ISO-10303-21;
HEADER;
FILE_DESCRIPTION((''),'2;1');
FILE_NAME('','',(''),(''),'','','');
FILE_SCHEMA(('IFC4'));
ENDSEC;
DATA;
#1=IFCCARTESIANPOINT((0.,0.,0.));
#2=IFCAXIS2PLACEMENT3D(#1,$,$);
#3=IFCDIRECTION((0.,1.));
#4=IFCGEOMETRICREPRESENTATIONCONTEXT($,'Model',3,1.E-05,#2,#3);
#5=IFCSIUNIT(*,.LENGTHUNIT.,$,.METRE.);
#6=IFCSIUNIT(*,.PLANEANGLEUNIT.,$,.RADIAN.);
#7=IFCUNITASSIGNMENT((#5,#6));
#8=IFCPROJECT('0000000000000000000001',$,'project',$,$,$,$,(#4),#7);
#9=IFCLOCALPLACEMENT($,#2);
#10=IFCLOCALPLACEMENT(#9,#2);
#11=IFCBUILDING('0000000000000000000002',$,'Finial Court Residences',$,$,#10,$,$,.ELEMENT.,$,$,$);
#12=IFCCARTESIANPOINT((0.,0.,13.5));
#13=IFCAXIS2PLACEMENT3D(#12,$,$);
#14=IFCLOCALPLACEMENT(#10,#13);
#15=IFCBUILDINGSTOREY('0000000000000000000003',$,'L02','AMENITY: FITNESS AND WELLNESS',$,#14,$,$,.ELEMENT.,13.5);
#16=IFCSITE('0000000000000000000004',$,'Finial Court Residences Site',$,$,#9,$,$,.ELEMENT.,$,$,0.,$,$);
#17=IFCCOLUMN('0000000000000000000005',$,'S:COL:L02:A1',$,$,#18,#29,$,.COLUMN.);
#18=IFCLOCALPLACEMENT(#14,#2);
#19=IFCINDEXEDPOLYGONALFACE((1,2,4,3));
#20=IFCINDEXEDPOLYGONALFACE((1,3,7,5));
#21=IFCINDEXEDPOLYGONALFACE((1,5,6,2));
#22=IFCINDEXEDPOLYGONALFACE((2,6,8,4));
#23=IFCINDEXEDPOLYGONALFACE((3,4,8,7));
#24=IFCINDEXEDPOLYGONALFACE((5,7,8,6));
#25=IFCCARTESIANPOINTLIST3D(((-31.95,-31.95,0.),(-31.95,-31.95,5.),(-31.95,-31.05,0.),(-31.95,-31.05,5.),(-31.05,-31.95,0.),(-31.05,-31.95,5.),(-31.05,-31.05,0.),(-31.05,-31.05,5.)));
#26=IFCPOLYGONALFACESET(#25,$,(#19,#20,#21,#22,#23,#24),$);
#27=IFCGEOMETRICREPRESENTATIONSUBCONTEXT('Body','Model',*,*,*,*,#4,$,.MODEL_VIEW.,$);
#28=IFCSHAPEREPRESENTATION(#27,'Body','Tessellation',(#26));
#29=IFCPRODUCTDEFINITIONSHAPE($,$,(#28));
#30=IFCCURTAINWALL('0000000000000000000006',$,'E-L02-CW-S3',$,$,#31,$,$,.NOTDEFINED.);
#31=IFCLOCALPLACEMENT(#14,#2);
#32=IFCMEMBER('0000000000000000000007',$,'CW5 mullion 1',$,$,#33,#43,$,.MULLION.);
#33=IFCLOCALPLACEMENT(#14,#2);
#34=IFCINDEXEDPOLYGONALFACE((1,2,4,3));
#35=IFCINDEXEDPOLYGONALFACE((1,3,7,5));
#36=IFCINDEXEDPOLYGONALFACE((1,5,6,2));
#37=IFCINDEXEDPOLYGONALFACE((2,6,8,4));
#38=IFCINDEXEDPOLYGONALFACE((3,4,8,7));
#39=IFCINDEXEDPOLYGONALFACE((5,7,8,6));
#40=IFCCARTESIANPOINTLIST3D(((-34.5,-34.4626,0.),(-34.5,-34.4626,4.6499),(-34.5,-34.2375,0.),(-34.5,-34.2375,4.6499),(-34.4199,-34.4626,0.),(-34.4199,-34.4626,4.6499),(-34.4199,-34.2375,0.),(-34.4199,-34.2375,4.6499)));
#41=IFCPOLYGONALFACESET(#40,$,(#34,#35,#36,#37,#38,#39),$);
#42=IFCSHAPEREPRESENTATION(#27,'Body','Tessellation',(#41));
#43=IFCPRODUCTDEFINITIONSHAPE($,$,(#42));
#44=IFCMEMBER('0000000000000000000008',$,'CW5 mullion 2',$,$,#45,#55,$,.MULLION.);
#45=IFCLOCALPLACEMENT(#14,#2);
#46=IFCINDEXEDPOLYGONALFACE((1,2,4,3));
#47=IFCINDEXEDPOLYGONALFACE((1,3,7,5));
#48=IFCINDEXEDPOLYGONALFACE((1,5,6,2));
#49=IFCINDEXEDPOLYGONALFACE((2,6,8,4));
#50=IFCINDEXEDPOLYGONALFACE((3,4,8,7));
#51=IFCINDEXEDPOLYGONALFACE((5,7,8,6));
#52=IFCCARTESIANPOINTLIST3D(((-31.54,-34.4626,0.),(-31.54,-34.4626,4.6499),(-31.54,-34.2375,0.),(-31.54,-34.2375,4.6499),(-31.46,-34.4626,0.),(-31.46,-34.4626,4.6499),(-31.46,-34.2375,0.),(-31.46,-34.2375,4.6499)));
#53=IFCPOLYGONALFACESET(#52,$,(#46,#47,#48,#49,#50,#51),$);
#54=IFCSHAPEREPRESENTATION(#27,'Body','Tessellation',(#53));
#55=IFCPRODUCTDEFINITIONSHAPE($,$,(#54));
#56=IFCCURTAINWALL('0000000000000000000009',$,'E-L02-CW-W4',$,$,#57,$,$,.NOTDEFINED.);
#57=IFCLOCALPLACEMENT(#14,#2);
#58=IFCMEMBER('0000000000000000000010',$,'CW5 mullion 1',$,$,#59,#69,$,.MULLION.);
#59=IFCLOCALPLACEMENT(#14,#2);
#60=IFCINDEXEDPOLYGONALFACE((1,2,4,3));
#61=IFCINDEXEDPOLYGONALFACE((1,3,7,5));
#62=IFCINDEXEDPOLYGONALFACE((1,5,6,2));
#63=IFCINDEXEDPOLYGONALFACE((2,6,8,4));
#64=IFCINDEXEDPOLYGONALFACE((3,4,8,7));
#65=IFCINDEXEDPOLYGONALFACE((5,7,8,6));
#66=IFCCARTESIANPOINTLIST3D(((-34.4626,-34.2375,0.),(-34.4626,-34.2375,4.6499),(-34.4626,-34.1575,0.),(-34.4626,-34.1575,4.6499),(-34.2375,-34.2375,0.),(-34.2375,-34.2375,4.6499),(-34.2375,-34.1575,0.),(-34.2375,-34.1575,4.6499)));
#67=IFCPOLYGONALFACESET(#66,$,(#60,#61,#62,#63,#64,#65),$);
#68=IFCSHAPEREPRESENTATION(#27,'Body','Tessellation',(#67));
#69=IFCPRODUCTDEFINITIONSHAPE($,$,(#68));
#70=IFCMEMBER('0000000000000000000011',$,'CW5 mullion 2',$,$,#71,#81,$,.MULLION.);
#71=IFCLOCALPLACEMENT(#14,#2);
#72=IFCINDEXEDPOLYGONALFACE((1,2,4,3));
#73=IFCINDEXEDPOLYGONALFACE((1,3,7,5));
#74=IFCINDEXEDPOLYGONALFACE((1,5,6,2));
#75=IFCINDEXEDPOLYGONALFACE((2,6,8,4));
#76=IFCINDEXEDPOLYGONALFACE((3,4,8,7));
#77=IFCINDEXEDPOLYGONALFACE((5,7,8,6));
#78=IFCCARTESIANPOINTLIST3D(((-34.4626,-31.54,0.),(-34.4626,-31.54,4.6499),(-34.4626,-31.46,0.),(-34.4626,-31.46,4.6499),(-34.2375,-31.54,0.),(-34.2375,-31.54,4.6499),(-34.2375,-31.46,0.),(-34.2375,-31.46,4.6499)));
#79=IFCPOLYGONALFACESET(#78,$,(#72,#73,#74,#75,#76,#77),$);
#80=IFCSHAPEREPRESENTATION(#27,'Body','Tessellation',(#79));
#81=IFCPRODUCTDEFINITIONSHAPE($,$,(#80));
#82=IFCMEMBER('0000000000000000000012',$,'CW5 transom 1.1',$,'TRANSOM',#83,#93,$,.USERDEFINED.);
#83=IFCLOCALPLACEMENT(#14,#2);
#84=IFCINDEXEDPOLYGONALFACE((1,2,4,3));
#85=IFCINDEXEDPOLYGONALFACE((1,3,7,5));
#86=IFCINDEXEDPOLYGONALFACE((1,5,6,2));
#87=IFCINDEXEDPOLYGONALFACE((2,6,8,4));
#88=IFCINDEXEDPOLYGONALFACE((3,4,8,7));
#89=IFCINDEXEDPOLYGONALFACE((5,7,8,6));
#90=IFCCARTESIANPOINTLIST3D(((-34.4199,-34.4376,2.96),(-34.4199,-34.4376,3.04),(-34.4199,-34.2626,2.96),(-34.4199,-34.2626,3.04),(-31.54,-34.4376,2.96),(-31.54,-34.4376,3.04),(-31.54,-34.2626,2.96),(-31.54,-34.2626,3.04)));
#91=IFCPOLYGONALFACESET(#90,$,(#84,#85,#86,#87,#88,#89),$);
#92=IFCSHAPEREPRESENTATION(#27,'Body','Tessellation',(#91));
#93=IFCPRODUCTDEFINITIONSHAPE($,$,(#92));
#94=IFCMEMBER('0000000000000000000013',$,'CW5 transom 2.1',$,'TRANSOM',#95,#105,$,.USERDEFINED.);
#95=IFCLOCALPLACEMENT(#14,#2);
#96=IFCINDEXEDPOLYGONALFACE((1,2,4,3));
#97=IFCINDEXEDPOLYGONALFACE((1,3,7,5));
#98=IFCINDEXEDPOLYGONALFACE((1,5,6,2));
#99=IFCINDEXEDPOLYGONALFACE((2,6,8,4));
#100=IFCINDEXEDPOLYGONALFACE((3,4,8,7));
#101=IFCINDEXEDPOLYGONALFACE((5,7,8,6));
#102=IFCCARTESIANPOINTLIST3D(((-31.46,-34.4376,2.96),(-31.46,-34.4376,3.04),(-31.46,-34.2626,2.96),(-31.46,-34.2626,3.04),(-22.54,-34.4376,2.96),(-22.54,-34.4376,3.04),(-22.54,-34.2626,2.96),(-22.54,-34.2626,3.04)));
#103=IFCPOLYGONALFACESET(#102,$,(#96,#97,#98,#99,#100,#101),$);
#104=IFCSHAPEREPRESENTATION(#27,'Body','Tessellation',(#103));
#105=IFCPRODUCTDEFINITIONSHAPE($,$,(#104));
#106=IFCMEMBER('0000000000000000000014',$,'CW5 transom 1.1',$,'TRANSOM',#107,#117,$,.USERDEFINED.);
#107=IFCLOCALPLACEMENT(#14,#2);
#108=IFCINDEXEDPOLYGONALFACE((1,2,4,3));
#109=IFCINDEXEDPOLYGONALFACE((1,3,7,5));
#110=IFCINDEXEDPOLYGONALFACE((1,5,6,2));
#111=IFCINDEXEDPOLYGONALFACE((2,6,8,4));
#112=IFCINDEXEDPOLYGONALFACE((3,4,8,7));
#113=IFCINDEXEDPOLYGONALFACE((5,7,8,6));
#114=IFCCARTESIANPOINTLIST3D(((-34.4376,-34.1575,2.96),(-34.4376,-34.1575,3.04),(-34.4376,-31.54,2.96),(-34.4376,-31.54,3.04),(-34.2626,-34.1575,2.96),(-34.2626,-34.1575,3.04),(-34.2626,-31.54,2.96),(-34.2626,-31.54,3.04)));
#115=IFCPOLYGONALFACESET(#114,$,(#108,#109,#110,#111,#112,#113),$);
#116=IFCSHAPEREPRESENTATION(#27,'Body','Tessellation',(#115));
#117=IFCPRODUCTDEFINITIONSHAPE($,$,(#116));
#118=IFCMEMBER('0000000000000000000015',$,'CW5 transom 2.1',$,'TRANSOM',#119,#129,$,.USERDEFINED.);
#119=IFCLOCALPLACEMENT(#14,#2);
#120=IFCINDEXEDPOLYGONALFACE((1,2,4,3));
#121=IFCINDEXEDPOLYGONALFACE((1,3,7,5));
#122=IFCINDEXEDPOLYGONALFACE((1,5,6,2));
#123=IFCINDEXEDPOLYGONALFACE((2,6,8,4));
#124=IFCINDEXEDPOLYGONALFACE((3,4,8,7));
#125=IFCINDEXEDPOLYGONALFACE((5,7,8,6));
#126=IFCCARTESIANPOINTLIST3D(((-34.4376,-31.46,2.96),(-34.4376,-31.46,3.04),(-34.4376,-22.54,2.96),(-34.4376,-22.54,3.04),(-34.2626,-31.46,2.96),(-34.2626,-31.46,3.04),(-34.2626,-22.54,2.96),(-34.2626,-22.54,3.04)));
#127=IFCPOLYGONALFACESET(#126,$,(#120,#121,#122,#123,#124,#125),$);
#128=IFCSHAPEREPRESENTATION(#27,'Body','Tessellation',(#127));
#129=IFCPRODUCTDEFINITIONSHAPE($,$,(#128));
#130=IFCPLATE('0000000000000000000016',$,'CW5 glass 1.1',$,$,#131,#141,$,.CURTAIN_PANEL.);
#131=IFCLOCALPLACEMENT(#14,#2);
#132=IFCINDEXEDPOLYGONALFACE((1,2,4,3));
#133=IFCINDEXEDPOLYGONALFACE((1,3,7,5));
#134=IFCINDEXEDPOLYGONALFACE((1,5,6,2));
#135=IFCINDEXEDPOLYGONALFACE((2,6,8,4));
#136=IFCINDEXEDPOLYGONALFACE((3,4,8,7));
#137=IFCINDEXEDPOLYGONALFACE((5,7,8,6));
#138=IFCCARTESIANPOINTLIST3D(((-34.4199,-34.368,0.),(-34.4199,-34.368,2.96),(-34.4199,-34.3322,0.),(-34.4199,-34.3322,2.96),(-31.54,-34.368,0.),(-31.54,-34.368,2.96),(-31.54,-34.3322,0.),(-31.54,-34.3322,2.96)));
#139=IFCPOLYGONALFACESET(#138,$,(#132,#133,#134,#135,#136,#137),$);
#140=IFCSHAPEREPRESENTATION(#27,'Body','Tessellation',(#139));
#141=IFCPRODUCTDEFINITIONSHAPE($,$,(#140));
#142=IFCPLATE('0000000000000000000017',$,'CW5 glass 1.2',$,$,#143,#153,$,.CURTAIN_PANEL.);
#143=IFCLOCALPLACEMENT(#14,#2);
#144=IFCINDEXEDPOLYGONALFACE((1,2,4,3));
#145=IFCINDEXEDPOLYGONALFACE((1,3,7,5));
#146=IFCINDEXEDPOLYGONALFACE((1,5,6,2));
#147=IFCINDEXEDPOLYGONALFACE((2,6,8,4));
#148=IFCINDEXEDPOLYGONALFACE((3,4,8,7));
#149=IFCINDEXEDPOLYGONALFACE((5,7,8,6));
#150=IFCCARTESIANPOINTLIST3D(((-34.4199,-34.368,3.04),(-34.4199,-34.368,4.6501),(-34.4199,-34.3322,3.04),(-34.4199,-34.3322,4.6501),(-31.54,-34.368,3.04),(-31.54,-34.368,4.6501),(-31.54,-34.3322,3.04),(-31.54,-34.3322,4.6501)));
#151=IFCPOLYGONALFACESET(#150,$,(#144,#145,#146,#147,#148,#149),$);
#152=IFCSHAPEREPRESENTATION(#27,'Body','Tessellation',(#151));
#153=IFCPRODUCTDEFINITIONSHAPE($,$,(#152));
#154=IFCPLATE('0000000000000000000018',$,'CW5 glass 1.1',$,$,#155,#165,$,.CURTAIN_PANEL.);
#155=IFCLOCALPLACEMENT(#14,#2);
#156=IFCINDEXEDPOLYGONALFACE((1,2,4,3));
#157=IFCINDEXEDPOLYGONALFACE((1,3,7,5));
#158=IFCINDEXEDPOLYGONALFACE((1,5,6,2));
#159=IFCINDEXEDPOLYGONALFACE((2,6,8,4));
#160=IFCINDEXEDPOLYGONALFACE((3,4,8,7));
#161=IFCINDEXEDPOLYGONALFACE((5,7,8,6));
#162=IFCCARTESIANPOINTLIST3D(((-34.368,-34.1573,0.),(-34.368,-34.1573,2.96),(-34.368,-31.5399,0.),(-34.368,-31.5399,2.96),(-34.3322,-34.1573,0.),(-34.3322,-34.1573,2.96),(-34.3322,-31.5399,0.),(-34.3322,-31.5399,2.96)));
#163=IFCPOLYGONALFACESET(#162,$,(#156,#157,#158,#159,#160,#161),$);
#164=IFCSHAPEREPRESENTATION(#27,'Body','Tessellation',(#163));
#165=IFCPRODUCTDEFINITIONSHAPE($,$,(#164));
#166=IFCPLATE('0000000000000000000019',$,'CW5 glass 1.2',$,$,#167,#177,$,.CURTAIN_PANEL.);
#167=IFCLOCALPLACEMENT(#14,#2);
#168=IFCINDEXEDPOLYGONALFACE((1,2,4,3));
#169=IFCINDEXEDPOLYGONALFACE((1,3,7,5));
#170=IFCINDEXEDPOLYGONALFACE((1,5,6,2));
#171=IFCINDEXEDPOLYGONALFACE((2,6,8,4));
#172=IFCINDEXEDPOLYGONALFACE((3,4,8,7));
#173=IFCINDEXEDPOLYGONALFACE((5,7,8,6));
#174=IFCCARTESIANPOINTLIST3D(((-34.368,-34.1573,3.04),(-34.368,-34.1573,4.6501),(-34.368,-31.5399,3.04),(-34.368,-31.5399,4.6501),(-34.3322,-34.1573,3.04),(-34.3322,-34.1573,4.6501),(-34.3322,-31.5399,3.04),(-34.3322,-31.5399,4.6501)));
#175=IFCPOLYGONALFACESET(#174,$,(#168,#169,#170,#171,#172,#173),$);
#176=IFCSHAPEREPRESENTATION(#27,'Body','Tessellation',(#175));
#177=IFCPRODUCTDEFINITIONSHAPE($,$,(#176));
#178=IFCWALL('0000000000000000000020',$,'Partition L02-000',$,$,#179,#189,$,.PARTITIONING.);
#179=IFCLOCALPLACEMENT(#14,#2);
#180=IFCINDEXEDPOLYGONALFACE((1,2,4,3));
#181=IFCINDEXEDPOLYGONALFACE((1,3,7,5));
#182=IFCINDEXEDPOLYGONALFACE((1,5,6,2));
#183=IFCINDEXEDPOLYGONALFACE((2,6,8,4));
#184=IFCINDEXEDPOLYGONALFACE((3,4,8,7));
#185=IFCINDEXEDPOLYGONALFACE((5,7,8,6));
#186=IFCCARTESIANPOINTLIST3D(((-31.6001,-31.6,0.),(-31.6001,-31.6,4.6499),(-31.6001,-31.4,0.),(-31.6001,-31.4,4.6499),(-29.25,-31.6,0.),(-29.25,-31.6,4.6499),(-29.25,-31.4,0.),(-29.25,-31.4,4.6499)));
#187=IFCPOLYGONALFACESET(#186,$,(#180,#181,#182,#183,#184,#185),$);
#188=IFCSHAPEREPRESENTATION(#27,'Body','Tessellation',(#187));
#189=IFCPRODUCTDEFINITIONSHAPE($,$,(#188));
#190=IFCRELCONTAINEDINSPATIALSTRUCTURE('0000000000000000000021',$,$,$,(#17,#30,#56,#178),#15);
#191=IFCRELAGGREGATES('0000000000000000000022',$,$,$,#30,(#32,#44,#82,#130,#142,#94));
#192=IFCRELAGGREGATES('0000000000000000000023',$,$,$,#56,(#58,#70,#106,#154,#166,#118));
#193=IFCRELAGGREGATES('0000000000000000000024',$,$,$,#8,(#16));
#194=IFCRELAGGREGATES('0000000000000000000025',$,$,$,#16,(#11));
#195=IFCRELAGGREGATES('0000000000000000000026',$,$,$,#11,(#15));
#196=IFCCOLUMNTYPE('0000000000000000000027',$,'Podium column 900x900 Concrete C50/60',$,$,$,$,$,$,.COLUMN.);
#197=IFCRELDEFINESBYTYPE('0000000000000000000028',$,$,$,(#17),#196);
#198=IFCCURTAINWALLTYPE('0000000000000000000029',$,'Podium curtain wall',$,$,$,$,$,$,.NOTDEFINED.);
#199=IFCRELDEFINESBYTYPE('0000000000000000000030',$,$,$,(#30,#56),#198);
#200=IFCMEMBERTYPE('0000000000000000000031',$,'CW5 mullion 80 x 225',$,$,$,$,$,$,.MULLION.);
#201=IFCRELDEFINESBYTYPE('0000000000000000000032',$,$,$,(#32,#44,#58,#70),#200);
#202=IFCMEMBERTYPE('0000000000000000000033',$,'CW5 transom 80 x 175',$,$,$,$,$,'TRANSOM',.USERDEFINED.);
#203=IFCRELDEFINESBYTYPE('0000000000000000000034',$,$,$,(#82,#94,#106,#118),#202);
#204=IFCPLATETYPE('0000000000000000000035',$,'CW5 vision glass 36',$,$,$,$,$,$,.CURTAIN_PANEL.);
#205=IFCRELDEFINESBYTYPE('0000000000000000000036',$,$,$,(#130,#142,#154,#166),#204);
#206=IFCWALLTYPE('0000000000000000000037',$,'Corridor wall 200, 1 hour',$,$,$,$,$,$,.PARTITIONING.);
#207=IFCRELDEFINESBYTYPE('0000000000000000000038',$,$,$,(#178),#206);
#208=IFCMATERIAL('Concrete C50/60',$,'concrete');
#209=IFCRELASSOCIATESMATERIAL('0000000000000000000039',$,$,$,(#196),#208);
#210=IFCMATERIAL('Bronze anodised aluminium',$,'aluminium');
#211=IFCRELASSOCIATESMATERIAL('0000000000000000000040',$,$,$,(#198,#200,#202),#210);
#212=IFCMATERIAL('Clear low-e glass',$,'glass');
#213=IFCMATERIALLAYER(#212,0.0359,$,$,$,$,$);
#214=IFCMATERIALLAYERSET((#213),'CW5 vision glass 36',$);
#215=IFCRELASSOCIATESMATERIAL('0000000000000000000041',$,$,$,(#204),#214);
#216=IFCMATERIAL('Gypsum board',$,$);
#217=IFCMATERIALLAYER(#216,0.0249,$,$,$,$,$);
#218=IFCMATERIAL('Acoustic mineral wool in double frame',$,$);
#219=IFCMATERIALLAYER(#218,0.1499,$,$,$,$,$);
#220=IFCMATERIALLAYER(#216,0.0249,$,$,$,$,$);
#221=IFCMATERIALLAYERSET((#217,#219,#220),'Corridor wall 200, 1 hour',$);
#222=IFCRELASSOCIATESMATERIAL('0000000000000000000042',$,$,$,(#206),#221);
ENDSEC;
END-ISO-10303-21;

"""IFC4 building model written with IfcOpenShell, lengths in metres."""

from ifc_helpers import new_model, si_unit, direction, frame, frame_2d, origin, origin_2d, place, context, subcontext, project, spatial, rectangle, extrude, material, layer, layer_set, material_profile, profile_set, type_object, element, aggregate, save


model = new_model("IFC4")

# Units and contexts
model_context = context("Model", 3, precision=1e-05, world=origin(), true_north=direction((0.0, 1.0)))
body_context = subcontext(model_context, "Body", "Model", "MODEL_VIEW")
ifc_project = project(units=[si_unit("LENGTHUNIT", "METRE"), si_unit("PLANEANGLEUNIT", "RADIAN")], contexts=[model_context])

# Site, building, storey
site_placement = place(None, origin())
site = spatial("IfcSite", under=ifc_project, at=site_placement, Name="Finial Court Residences Site", CompositionType="ELEMENT", RefElevation=0.0)
building_placement = place(site_placement, origin())
building = spatial("IfcBuilding", under=site, at=building_placement, Name="Finial Court Residences", CompositionType="ELEMENT")
storey_placement = place(building_placement, frame((0.0, 0.0, 13.5)))
storey = spatial("IfcBuildingStorey", under=building, at=storey_placement, Name="L02", Description="AMENITY: FITNESS AND WELLNESS", CompositionType="ELEMENT", Elevation=13.5)

# Column
ifc_material_1 = material(Name="Concrete C50/60", Category="concrete")
ifc_material_profile_1 = material_profile(ifc_material_1, rectangle(XDim=0.8999, YDim=0.8999, at=origin_2d()), Name="900x900")
ifc_profile_set_1 = profile_set([ifc_material_profile_1], Name="Concrete C50/60")
column_type = type_object("IfcColumnType", Name="Podium column 900x900 Concrete C50/60", PredefinedType="COLUMN", material=ifc_profile_set_1)
column_placement = place(storey_placement, frame((-31.5, -31.5, 0.0), z_axis=(0.0, 0.0, 1.0), x_axis=(1.0, 0.0, 0.0)))
element("IfcColumn", 1, at=column_placement, inside=storey, type_object=column_type, Name="S:COL:L02:A1", PredefinedType="COLUMN", context=body_context, shape_type="SweptSolid", body=[
    extrude(rectangle(XDim=0.8999, YDim=0.8999, at=origin_2d()), origin(), (0.0, 0.0, 1.0), 5.0),
])

# Curtain walls, members
ifc_material_2 = material(Name="Bronze anodised aluminium", Category="aluminium")
curtain_wall_type = type_object("IfcCurtainWallType", Name="Podium curtain wall", PredefinedType="NOTDEFINED", material=ifc_material_2)
curtain_wall_1_placement = place(storey_placement, origin())
curtain_wall_1 = element("IfcCurtainWall", 2, at=curtain_wall_1_placement, inside=storey, type_object=curtain_wall_type, Name="E-L02-CW-S3", PredefinedType="NOTDEFINED")
ifc_material_profile_2 = material_profile(ifc_material_2, rectangle(XDim=0.2251, YDim=0.0801, at=origin_2d()), Name="CW5 mullion 80 x 225")
ifc_profile_set_2 = profile_set([ifc_material_profile_2], Name="Bronze anodised aluminium")
member_type_1 = type_object("IfcMemberType", Name="CW5 mullion 80 x 225", PredefinedType="MULLION", material=ifc_profile_set_2)
member_1_placement = place(storey_placement, frame((-34.46, -34.3501, 0.0), z_axis=(0.0, 0.0, 1.0), x_axis=(0.0, 1.0, 0.0)))
member_1 = element("IfcMember", 3, at=member_1_placement, type_object=member_type_1, Name="CW5 mullion 1", PredefinedType="MULLION", context=body_context, shape_type="SweptSolid", body=[
    extrude(rectangle(XDim=0.2251, YDim=0.0801, at=origin_2d()), origin(), (0.0, 0.0, 1.0), 4.6499),
])
member_2_placement = place(storey_placement, frame((-31.5, -34.3501, 0.0), z_axis=(0.0, 0.0, 1.0), x_axis=(0.0, 1.0, 0.0)))
member_2 = element("IfcMember", 4, at=member_2_placement, type_object=member_type_1, Name="CW5 mullion 2", PredefinedType="MULLION", context=body_context, shape_type="SweptSolid", body=[
    extrude(rectangle(XDim=0.2251, YDim=0.0801, at=origin_2d()), origin(), (0.0, 0.0, 1.0), 4.6499),
])
curtain_wall_2_placement = place(storey_placement, origin())
curtain_wall_2 = element("IfcCurtainWall", 5, at=curtain_wall_2_placement, inside=storey, type_object=curtain_wall_type, Name="E-L02-CW-W4", PredefinedType="NOTDEFINED")
member_3_placement = place(storey_placement, frame((-34.3501, -34.1975, 0.0), z_axis=(0.0, 0.0, 1.0), x_axis=(-1.0, 0.0, 0.0)))
member_3 = element("IfcMember", 6, at=member_3_placement, type_object=member_type_1, Name="CW5 mullion 1", PredefinedType="MULLION", context=body_context, shape_type="SweptSolid", body=[
    extrude(rectangle(XDim=0.2251, YDim=0.0801, at=origin_2d()), origin(), (0.0, 0.0, 1.0), 4.6499),
])
member_4_placement = place(storey_placement, frame((-34.3501, -31.5, 0.0), z_axis=(0.0, 0.0, 1.0), x_axis=(-1.0, 0.0, 0.0)))
member_4 = element("IfcMember", 7, at=member_4_placement, type_object=member_type_1, Name="CW5 mullion 2", PredefinedType="MULLION", context=body_context, shape_type="SweptSolid", body=[
    extrude(rectangle(XDim=0.2251, YDim=0.0801, at=origin_2d()), origin(), (0.0, 0.0, 1.0), 4.6499),
])

# Members
ifc_material_profile_3 = material_profile(ifc_material_2, rectangle(XDim=0.175, YDim=0.0801, at=origin_2d()), Name="CW5 transom 80 x 175")
ifc_profile_set_3 = profile_set([ifc_material_profile_3], Name="Bronze anodised aluminium")
member_type_2 = type_object("IfcMemberType", Name="CW5 transom 80 x 175", ElementType="TRANSOM", PredefinedType="USERDEFINED", material=ifc_profile_set_3)
member_5_placement = place(storey_placement, frame((-34.4199, -34.3501, 3.0), z_axis=(1.0, 0.0, 0.0), x_axis=(0.0, 1.0, 0.0)))
member_5 = element("IfcMember", 8, at=member_5_placement, type_object=member_type_2, Name="CW5 transom 1.1", ObjectType="TRANSOM", PredefinedType="USERDEFINED", context=body_context, shape_type="SweptSolid", body=[
    extrude(rectangle(XDim=0.175, YDim=0.0801, at=origin_2d()), origin(), (0.0, 0.0, 1.0), 2.8799),
])
member_6_placement = place(storey_placement, frame((-31.46, -34.3501, 3.0), z_axis=(1.0, 0.0, 0.0), x_axis=(0.0, 1.0, 0.0)))
member_6 = element("IfcMember", 9, at=member_6_placement, type_object=member_type_2, Name="CW5 transom 2.1", ObjectType="TRANSOM", PredefinedType="USERDEFINED", context=body_context, shape_type="SweptSolid", body=[
    extrude(rectangle(XDim=0.175, YDim=0.0801, at=origin_2d()), origin(), (0.0, 0.0, 1.0), 8.9199),
])
member_7_placement = place(storey_placement, frame((-34.3501, -34.1575, 3.0), z_axis=(0.0, 1.0, 0.0), x_axis=(-1.0, 0.0, 0.0)))
member_7 = element("IfcMember", 10, at=member_7_placement, type_object=member_type_2, Name="CW5 transom 1.1", ObjectType="TRANSOM", PredefinedType="USERDEFINED", context=body_context, shape_type="SweptSolid", body=[
    extrude(rectangle(XDim=0.175, YDim=0.0801, at=origin_2d()), origin(), (0.0, 0.0, 1.0), 2.6174),
])
member_8_placement = place(storey_placement, frame((-34.3501, -31.46, 3.0), z_axis=(0.0, 1.0, 0.0), x_axis=(-1.0, 0.0, 0.0)))
member_8 = element("IfcMember", 11, at=member_8_placement, type_object=member_type_2, Name="CW5 transom 2.1", ObjectType="TRANSOM", PredefinedType="USERDEFINED", context=body_context, shape_type="SweptSolid", body=[
    extrude(rectangle(XDim=0.175, YDim=0.0801, at=origin_2d()), origin(), (0.0, 0.0, 1.0), 8.9199),
])

# Plates
ifc_material_3 = material(Name="Clear low-e glass", Category="glass")
ifc_layer_1 = layer(ifc_material_3, 0.0359)
ifc_layer_set_1 = layer_set([ifc_layer_1], Name="CW5 vision glass 36")
plate_type = type_object("IfcPlateType", Name="CW5 vision glass 36", PredefinedType="CURTAIN_PANEL", material=ifc_layer_set_1)
plate_1_placement = place(storey_placement, frame((-32.98, -34.3501, 0.0), z_axis=(0.0, 0.0, 1.0), x_axis=(1.0, 0.0, 0.0)))
plate_1 = element("IfcPlate", 12, at=plate_1_placement, type_object=plate_type, Name="CW5 glass 1.1", PredefinedType="CURTAIN_PANEL", context=body_context, shape_type="SweptSolid", body=[
    extrude(rectangle(XDim=2.8799, YDim=0.0359, at=origin_2d()), origin(), (0.0, 0.0, 1.0), 2.96),
])
plate_2_placement = place(storey_placement, frame((-32.98, -34.3501, 3.04), z_axis=(0.0, 0.0, 1.0), x_axis=(1.0, 0.0, 0.0)))
plate_2 = element("IfcPlate", 13, at=plate_2_placement, type_object=plate_type, Name="CW5 glass 1.2", PredefinedType="CURTAIN_PANEL", context=body_context, shape_type="SweptSolid", body=[
    extrude(rectangle(XDim=2.8799, YDim=0.0359, at=origin_2d()), origin(), (0.0, 0.0, 1.0), 1.6101),
])
aggregate(curtain_wall_1, [member_1, member_2, member_5, plate_1, plate_2, member_6])
plate_3_placement = place(storey_placement, frame((-34.3501, -32.8486, 0.0), z_axis=(0.0, 0.0, 1.0), x_axis=(0.0, 1.0, 0.0)))
plate_3 = element("IfcPlate", 14, at=plate_3_placement, type_object=plate_type, Name="CW5 glass 1.1", PredefinedType="CURTAIN_PANEL", context=body_context, shape_type="SweptSolid", body=[
    extrude(rectangle(XDim=2.6174, YDim=0.0359, at=origin_2d()), origin(), (0.0, 0.0, 1.0), 2.96),
])
plate_4_placement = place(storey_placement, frame((-34.3501, -32.8486, 3.04), z_axis=(0.0, 0.0, 1.0), x_axis=(0.0, 1.0, 0.0)))
plate_4 = element("IfcPlate", 15, at=plate_4_placement, type_object=plate_type, Name="CW5 glass 1.2", PredefinedType="CURTAIN_PANEL", context=body_context, shape_type="SweptSolid", body=[
    extrude(rectangle(XDim=2.6174, YDim=0.0359, at=origin_2d()), origin(), (0.0, 0.0, 1.0), 1.6101),
])
aggregate(curtain_wall_2, [member_3, member_4, member_7, plate_3, plate_4, member_8])

# Wall
ifc_material_4 = material(Name="Gypsum board")
ifc_layer_2 = layer(ifc_material_4, 0.0249)
ifc_material_5 = material(Name="Acoustic mineral wool in double frame")
ifc_layer_3 = layer(ifc_material_5, 0.1499)
ifc_layer_4 = layer(ifc_material_4, 0.0249)
ifc_layer_set_2 = layer_set([ifc_layer_2, ifc_layer_3, ifc_layer_4], Name="Corridor wall 200, 1 hour")
wall_type = type_object("IfcWallType", Name="Corridor wall 200, 1 hour", PredefinedType="PARTITIONING", material=ifc_layer_set_2)
wall_1_placement = place(storey_placement, frame((-31.6001, -31.5, 0.0), z_axis=(0.0, 0.0, 1.0), x_axis=(1.0, 0.0, 0.0)))
element("IfcWall", 16, at=wall_1_placement, inside=storey, type_object=wall_type, Name="Partition L02-000", PredefinedType="PARTITIONING", context=body_context, shape_type="SweptSolid", body=[
    extrude(rectangle(XDim=2.3501, YDim=0.2, at=frame_2d((1.175, 0.0))), origin(), (0.0, 0.0, 1.0), 4.6499),
])

save(model, "model.ifc")
